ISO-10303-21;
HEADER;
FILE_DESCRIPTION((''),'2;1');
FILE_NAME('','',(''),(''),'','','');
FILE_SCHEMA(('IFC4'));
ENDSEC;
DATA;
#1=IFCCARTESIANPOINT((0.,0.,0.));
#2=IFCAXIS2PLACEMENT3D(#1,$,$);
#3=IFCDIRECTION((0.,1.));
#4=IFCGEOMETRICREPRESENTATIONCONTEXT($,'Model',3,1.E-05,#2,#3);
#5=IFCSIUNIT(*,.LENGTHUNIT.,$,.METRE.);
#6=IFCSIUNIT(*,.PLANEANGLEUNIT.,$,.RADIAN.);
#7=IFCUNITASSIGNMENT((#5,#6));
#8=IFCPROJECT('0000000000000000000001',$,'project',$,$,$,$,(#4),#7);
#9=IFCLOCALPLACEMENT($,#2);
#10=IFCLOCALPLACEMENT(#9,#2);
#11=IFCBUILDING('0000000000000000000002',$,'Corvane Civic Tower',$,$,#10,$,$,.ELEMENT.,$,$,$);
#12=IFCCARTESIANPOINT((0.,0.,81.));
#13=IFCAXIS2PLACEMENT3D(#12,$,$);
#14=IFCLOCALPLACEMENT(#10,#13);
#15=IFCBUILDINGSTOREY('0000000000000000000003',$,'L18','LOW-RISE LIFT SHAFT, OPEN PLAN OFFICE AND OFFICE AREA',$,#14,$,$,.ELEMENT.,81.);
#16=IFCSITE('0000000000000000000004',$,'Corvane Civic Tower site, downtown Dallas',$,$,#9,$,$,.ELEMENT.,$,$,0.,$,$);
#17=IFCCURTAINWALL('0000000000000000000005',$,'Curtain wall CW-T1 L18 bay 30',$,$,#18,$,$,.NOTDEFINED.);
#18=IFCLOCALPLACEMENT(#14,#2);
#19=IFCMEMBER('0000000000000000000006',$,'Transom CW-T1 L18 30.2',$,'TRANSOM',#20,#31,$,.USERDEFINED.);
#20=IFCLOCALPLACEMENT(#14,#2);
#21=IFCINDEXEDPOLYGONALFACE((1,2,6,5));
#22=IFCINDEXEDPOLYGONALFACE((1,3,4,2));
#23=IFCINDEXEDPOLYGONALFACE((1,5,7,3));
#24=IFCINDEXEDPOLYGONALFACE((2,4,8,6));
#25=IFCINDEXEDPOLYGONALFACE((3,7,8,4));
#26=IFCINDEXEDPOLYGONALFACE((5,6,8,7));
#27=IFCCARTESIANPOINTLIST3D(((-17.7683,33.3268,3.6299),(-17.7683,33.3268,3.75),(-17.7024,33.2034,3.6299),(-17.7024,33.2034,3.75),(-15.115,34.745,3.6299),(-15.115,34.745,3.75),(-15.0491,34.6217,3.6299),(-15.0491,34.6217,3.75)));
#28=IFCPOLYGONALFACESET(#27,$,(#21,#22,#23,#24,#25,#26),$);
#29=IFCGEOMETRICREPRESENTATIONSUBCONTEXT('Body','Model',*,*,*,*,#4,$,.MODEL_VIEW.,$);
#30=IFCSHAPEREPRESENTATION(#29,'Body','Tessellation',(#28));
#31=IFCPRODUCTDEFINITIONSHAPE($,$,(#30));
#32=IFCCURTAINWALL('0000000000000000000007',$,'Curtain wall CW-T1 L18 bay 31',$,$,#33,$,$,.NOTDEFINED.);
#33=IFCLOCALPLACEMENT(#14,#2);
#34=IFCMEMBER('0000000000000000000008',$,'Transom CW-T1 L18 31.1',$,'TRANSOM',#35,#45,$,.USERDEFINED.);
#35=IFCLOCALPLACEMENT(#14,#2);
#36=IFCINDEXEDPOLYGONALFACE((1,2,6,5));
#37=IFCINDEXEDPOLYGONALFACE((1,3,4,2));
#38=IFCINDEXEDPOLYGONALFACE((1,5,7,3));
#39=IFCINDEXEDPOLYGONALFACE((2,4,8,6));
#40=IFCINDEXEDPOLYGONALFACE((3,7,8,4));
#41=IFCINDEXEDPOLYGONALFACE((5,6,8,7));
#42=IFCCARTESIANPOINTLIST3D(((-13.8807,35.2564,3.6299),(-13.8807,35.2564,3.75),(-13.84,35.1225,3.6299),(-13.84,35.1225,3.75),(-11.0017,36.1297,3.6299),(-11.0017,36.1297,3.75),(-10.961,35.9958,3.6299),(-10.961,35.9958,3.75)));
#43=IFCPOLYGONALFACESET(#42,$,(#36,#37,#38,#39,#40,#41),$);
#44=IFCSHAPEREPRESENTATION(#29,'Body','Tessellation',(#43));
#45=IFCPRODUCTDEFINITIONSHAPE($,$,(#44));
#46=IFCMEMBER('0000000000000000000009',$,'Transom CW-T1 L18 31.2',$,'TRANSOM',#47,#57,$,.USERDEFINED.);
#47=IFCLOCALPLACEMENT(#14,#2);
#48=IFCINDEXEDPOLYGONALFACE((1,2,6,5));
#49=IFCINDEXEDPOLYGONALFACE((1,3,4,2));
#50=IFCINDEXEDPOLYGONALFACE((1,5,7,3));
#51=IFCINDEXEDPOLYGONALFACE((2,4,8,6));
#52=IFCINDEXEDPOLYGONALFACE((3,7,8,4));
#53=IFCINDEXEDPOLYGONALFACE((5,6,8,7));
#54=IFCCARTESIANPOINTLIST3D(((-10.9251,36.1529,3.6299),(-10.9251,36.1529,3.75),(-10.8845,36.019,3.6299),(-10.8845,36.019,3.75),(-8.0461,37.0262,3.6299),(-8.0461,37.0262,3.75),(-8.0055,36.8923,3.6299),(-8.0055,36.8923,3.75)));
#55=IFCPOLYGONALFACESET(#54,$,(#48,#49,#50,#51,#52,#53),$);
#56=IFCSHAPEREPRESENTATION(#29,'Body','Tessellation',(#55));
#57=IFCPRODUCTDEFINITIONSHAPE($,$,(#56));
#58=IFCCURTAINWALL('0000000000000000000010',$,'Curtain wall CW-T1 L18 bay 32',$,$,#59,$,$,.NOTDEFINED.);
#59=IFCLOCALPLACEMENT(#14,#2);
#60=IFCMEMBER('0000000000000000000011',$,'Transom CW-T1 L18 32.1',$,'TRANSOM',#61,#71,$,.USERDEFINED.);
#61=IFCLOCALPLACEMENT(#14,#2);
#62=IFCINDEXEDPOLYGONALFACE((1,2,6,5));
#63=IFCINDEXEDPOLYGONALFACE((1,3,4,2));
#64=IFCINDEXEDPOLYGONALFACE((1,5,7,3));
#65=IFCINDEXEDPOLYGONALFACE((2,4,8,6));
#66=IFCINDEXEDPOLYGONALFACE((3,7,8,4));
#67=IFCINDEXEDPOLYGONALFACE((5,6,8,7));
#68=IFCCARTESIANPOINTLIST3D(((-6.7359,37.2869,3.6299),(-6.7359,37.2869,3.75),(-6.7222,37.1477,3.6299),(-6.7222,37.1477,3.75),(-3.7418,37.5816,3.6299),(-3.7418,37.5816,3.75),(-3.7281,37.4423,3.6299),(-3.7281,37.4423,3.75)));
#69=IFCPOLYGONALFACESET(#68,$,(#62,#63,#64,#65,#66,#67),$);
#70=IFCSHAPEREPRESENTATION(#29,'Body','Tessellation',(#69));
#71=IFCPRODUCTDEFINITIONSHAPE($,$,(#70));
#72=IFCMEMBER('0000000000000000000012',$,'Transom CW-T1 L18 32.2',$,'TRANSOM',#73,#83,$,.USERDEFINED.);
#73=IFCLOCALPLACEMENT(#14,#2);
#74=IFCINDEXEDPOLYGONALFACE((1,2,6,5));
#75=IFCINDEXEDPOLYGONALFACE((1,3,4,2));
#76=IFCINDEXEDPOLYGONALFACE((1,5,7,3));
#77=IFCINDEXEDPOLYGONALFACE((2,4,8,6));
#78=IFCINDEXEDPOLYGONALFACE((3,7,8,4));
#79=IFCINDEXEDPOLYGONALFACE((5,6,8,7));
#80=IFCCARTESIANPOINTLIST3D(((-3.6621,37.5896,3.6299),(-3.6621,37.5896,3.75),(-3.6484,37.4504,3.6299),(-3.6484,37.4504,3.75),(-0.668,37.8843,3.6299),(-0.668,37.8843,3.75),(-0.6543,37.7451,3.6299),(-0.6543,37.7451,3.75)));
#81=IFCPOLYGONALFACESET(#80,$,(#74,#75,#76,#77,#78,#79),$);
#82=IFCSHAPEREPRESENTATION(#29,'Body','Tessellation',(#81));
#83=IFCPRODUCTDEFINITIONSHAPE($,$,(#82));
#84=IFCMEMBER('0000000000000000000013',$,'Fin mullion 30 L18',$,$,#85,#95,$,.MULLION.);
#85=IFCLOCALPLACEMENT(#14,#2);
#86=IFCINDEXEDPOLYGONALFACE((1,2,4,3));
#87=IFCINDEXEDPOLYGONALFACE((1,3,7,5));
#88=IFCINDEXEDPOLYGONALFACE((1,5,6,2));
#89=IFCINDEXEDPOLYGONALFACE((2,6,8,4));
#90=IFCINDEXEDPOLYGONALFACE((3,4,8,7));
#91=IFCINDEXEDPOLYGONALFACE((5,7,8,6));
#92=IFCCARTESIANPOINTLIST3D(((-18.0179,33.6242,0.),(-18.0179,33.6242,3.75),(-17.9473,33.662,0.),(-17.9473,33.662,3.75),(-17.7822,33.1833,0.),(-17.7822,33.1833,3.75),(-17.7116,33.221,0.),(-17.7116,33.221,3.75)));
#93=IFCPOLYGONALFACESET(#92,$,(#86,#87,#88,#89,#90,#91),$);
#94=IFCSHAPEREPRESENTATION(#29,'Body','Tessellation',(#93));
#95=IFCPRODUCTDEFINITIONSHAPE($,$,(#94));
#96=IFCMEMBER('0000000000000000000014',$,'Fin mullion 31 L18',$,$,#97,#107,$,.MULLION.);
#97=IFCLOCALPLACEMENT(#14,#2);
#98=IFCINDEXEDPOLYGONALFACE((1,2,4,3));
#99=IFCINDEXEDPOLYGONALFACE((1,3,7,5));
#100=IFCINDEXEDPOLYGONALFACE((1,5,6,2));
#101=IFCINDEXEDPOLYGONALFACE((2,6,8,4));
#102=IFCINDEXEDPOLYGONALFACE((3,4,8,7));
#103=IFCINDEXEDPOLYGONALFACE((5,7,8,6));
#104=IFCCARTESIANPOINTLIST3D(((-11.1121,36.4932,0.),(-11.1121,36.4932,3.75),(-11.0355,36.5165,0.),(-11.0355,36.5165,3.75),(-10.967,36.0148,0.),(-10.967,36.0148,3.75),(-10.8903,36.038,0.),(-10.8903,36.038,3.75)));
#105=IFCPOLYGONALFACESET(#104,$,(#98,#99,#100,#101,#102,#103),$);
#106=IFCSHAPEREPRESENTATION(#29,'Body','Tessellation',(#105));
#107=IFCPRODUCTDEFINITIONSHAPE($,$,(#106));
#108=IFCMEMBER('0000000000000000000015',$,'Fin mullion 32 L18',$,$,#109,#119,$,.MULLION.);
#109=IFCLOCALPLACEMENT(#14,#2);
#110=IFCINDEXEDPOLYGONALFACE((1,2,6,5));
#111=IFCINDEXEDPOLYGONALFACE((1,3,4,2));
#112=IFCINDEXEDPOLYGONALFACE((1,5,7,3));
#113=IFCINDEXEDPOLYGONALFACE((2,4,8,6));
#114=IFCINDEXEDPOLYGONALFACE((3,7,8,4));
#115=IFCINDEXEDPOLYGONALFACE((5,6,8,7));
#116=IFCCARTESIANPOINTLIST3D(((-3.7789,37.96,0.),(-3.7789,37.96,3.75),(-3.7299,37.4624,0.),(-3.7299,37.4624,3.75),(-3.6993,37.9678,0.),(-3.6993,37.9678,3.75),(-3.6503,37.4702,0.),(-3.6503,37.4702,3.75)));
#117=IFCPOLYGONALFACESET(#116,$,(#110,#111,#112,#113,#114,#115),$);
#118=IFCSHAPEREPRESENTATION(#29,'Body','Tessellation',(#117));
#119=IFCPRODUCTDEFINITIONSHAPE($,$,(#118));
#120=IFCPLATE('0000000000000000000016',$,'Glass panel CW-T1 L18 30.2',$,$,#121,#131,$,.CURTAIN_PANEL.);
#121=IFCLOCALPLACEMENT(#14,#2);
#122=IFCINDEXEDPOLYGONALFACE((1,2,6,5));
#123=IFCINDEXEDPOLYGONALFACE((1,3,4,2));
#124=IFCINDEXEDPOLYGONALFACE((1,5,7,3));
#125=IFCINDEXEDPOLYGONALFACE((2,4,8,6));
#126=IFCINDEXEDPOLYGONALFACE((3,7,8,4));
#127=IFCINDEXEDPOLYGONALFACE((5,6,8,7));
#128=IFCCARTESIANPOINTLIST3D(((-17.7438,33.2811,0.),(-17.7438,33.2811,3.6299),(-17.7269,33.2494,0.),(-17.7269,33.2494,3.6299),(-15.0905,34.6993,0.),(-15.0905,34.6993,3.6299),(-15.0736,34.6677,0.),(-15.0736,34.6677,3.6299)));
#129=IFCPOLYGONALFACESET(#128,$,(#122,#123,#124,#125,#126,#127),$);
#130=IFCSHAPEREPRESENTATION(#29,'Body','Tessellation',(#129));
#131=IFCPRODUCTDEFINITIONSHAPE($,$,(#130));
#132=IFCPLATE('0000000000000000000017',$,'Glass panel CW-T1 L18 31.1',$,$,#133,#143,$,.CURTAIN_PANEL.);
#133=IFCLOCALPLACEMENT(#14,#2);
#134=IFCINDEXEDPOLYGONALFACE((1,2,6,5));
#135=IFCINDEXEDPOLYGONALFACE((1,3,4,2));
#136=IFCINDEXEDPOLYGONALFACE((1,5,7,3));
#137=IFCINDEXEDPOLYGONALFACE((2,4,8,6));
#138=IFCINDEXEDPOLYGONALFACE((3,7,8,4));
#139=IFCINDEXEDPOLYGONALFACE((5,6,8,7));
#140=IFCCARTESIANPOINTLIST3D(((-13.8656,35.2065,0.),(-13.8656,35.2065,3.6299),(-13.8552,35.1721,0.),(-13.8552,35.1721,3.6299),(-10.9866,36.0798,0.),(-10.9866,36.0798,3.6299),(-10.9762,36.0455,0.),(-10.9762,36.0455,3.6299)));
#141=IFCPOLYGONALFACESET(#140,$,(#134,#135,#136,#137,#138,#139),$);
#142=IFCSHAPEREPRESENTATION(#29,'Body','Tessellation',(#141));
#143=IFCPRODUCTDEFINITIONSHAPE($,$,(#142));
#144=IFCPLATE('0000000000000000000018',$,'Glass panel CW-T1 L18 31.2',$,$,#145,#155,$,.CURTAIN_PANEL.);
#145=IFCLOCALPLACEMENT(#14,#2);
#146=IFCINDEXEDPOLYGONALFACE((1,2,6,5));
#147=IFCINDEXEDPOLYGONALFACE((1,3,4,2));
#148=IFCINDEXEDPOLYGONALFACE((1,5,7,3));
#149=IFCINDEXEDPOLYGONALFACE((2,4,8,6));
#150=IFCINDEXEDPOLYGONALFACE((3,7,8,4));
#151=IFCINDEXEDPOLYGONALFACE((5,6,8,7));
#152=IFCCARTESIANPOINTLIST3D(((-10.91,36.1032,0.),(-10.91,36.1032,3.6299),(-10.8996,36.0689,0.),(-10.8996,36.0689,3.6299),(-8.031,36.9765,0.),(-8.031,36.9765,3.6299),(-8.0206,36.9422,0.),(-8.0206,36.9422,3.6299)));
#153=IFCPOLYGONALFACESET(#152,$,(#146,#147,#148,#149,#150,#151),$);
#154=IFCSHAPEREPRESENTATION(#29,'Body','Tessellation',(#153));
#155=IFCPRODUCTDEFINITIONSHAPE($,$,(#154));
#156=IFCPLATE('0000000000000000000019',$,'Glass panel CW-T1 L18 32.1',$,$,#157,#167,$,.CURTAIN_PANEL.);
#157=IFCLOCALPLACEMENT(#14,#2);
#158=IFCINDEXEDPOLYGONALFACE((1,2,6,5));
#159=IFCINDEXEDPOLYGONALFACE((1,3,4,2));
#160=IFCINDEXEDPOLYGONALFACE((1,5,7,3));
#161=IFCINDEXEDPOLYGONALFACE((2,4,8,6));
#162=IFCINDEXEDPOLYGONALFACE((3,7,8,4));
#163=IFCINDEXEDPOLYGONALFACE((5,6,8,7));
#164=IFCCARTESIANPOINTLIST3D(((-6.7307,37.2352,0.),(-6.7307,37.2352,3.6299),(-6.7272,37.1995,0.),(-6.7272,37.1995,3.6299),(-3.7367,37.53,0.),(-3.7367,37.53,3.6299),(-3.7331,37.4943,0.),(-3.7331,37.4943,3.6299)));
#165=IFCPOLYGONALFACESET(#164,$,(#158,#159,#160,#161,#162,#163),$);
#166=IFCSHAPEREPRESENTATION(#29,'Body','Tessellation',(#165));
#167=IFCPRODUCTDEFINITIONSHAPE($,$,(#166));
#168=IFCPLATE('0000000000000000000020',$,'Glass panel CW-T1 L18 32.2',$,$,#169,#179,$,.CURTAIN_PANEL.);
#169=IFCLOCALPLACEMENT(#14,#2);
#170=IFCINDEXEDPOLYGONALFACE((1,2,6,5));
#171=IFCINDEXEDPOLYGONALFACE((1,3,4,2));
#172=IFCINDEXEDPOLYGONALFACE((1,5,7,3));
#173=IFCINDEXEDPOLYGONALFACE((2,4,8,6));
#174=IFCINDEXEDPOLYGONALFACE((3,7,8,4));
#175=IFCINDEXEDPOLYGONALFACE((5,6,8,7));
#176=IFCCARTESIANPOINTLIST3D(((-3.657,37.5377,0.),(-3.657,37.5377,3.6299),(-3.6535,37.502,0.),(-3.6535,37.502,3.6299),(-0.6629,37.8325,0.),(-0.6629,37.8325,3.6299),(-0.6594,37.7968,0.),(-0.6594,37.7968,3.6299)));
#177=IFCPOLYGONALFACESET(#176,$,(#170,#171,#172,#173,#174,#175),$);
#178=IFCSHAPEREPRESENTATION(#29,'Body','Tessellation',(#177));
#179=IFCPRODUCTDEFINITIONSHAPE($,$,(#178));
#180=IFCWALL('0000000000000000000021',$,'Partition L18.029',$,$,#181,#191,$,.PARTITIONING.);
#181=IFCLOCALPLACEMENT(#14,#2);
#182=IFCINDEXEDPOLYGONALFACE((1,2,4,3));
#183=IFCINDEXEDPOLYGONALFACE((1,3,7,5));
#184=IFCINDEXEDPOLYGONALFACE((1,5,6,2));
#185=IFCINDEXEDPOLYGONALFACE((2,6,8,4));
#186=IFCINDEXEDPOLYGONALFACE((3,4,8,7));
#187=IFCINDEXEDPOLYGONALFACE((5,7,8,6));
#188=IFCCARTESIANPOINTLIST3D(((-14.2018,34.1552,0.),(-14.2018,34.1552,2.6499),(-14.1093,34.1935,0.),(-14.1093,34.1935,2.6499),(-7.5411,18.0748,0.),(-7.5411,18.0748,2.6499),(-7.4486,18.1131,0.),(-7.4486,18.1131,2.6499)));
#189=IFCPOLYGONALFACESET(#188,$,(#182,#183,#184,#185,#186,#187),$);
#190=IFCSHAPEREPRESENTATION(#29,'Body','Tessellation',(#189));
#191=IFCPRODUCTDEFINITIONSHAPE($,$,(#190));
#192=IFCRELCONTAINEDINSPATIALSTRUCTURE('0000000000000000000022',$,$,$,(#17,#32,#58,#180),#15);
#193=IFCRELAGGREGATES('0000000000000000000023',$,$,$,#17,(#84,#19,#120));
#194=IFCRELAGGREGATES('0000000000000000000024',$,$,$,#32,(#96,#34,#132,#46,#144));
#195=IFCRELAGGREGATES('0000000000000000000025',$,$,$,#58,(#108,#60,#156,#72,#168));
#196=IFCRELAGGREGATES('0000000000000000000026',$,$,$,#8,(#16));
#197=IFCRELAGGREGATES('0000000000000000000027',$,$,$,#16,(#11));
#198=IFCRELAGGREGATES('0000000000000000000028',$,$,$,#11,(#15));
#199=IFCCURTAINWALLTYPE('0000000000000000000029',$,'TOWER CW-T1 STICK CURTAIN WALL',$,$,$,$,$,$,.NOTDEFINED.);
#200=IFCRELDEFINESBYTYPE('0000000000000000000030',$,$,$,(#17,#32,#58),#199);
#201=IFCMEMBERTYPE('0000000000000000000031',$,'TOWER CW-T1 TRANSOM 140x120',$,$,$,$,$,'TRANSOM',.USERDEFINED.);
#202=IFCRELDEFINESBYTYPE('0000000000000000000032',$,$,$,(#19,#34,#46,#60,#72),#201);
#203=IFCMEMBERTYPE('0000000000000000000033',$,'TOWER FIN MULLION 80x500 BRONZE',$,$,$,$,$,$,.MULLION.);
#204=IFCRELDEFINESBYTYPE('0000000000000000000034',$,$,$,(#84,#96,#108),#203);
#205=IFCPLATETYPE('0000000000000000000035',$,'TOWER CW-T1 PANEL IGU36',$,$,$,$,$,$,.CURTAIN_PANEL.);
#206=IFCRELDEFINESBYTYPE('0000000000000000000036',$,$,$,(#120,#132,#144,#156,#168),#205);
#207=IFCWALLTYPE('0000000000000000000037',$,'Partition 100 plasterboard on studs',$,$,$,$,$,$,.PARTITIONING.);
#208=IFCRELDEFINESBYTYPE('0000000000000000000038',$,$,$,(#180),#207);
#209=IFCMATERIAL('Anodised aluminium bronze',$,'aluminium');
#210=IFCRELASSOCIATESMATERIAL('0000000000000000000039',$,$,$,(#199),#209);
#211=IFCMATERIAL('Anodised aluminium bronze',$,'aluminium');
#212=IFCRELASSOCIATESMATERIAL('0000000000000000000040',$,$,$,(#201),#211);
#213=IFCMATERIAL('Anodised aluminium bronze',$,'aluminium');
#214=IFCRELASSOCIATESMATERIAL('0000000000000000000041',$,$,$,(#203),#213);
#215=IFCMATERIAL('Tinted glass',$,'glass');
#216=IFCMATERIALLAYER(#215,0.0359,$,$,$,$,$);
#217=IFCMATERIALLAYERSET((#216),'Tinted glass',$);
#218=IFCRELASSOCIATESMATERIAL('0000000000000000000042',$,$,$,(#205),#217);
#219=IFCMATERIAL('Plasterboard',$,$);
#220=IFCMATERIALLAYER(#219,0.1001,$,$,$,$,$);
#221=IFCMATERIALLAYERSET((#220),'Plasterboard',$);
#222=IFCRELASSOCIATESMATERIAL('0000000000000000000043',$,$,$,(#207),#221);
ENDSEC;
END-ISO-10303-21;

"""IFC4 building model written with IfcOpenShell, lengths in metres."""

from ifc_helpers import new_model, si_unit, direction, frame, frame_2d, origin, origin_2d, place, context, subcontext, project, spatial, rectangle, extrude, material, layer, layer_set, material_profile, profile_set, type_object, element, aggregate, save


model = new_model("IFC4")

# Units and contexts
model_context = context("Model", 3, precision=1e-05, world=origin(), true_north=direction((0.0, 1.0)))
body_context = subcontext(model_context, "Body", "Model", "MODEL_VIEW")
ifc_project = project(units=[si_unit("LENGTHUNIT", "METRE"), si_unit("PLANEANGLEUNIT", "RADIAN")], contexts=[model_context])

# Site, building, storey
site_placement = place(None, origin())
site = spatial("IfcSite", under=ifc_project, at=site_placement, Name="Corvane Civic Tower site, downtown Dallas", CompositionType="ELEMENT", RefElevation=0.0)
building_placement = place(site_placement, origin())
building = spatial("IfcBuilding", under=site, at=building_placement, Name="Corvane Civic Tower", CompositionType="ELEMENT")
storey_placement = place(building_placement, frame((0.0, 0.0, 81.0)))
storey = spatial("IfcBuildingStorey", under=building, at=storey_placement, Name="L18", Description="LOW-RISE LIFT SHAFT, OPEN PLAN OFFICE AND OFFICE AREA", CompositionType="ELEMENT", Elevation=81.0)

# Curtain wall, member
ifc_material_1 = material(Name="Anodised aluminium bronze", Category="aluminium")
curtain_wall_type = type_object("IfcCurtainWallType", Name="TOWER CW-T1 STICK CURTAIN WALL", PredefinedType="NOTDEFINED", material=ifc_material_1)
curtain_wall_1_placement = place(storey_placement, origin())
curtain_wall_1 = element("IfcCurtainWall", 1, at=curtain_wall_1_placement, inside=storey, type_object=curtain_wall_type, Name="Curtain wall CW-T1 L18 bay 30", PredefinedType="NOTDEFINED")
ifc_material_2 = material(Name="Anodised aluminium bronze", Category="aluminium")
ifc_material_profile_1 = material_profile(ifc_material_2, rectangle(XDim=0.1399, YDim=0.1201, at=origin_2d()), Name="TOWER CW-T1 TRANSOM 140x120")
ifc_profile_set_1 = profile_set([ifc_material_profile_1], Name="Anodised aluminium bronze")
member_type_1 = type_object("IfcMemberType", Name="TOWER CW-T1 TRANSOM 140x120", ElementType="TRANSOM", PredefinedType="USERDEFINED", material=ifc_profile_set_1)
member_1_placement = place(storey_placement, frame((-17.7354, 33.2651, 3.6899), z_axis=(0.881924, 0.471393, 0.0), x_axis=(-0.471393, 0.881924, 0.0)))
member_1 = element("IfcMember", 2, at=member_1_placement, type_object=member_type_1, Name="Transom CW-T1 L18 30.2", ObjectType="TRANSOM", PredefinedType="USERDEFINED", context=body_context, shape_type="SweptSolid", body=[
    extrude(rectangle(XDim=0.1399, YDim=0.1201, at=origin_2d()), origin(), (0.0, 0.0, 1.0), 3.0085),
])

# Curtain walls, members
curtain_wall_2_placement = place(storey_placement, origin())
curtain_wall_2 = element("IfcCurtainWall", 3, at=curtain_wall_2_placement, inside=storey, type_object=curtain_wall_type, Name="Curtain wall CW-T1 L18 bay 31", PredefinedType="NOTDEFINED")
member_2_placement = place(storey_placement, frame((-13.8604, 35.1895, 3.6899), z_axis=(0.956942, 0.29028, 0.0), x_axis=(-0.29028, 0.956942, 0.0)))
member_2 = element("IfcMember", 4, at=member_2_placement, type_object=member_type_1, Name="Transom CW-T1 L18 31.1", ObjectType="TRANSOM", PredefinedType="USERDEFINED", context=body_context, shape_type="SweptSolid", body=[
    extrude(rectangle(XDim=0.1399, YDim=0.1201, at=origin_2d()), origin(), (0.0, 0.0, 1.0), 3.0085),
])
member_3_placement = place(storey_placement, frame((-10.9048, 36.0859, 3.6899), z_axis=(0.956942, 0.29028, 0.0), x_axis=(-0.29028, 0.956942, 0.0)))
member_3 = element("IfcMember", 5, at=member_3_placement, type_object=member_type_1, Name="Transom CW-T1 L18 31.2", ObjectType="TRANSOM", PredefinedType="USERDEFINED", context=body_context, shape_type="SweptSolid", body=[
    extrude(rectangle(XDim=0.1399, YDim=0.1201, at=origin_2d()), origin(), (0.0, 0.0, 1.0), 3.0085),
])
curtain_wall_3_placement = place(storey_placement, origin())
curtain_wall_3 = element("IfcCurtainWall", 6, at=curtain_wall_3_placement, inside=storey, type_object=curtain_wall_type, Name="Curtain wall CW-T1 L18 bay 32", PredefinedType="NOTDEFINED")
member_4_placement = place(storey_placement, frame((-6.729, 37.2173, 3.6899), z_axis=(0.995192, 0.097945, 0.0), x_axis=(-0.097945, 0.995192, 0.0)))
member_4 = element("IfcMember", 7, at=member_4_placement, type_object=member_type_1, Name="Transom CW-T1 L18 32.1", ObjectType="TRANSOM", PredefinedType="USERDEFINED", context=body_context, shape_type="SweptSolid", body=[
    extrude(rectangle(XDim=0.1399, YDim=0.1201, at=origin_2d()), origin(), (0.0, 0.0, 1.0), 3.0085),
])
member_5_placement = place(storey_placement, frame((-3.6553, 37.52, 3.6899), z_axis=(0.995192, 0.097945, 0.0), x_axis=(-0.097945, 0.995192, 0.0)))
member_5 = element("IfcMember", 8, at=member_5_placement, type_object=member_type_1, Name="Transom CW-T1 L18 32.2", ObjectType="TRANSOM", PredefinedType="USERDEFINED", context=body_context, shape_type="SweptSolid", body=[
    extrude(rectangle(XDim=0.1399, YDim=0.1201, at=origin_2d()), origin(), (0.0, 0.0, 1.0), 3.0085),
])

# Members
ifc_material_3 = material(Name="Anodised aluminium bronze", Category="aluminium")
ifc_material_profile_2 = material_profile(ifc_material_3, rectangle(XDim=0.0801, YDim=0.5, at=origin_2d()), Name="TOWER FIN MULLION 80x500 BRONZE")
ifc_profile_set_2 = profile_set([ifc_material_profile_2], Name="Anodised aluminium bronze")
member_type_2 = type_object("IfcMemberType", Name="TOWER FIN MULLION 80x500 BRONZE", PredefinedType="MULLION", material=ifc_profile_set_2)
member_6_placement = place(storey_placement, frame((-17.8647, 33.4226, 0.0), z_axis=(0.0, 0.0, 1.0), x_axis=(0.881918, 0.471404, 0.0)))
member_6 = element("IfcMember", 9, at=member_6_placement, type_object=member_type_2, Name="Fin mullion 30 L18", PredefinedType="MULLION", context=body_context, shape_type="SweptSolid", body=[
    extrude(rectangle(XDim=0.0801, YDim=0.5, at=origin_2d()), origin(), (0.0, 0.0, 1.0), 3.75),
])
member_7_placement = place(storey_placement, frame((-11.0012, 36.2656, 0.0), z_axis=(0.0, 0.0, 1.0), x_axis=(0.956942, 0.290278, 0.0)))
member_7 = element("IfcMember", 10, at=member_7_placement, type_object=member_type_2, Name="Fin mullion 31 L18", PredefinedType="MULLION", context=body_context, shape_type="SweptSolid", body=[
    extrude(rectangle(XDim=0.0801, YDim=0.5, at=origin_2d()), origin(), (0.0, 0.0, 1.0), 3.75),
])
member_8_placement = place(storey_placement, frame((-3.7146, 37.7151, 0.0), z_axis=(0.0, 0.0, 1.0), x_axis=(0.995186, 0.098006, 0.0)))
member_8 = element("IfcMember", 11, at=member_8_placement, type_object=member_type_2, Name="Fin mullion 32 L18", PredefinedType="MULLION", context=body_context, shape_type="SweptSolid", body=[
    extrude(rectangle(XDim=0.0801, YDim=0.5, at=origin_2d()), origin(), (0.0, 0.0, 1.0), 3.75),
])

# Plates
ifc_material_4 = material(Name="Tinted glass", Category="glass")
ifc_layer_1 = layer(ifc_material_4, 0.0359)
ifc_layer_set_1 = layer_set([ifc_layer_1], Name="Tinted glass")
plate_type = type_object("IfcPlateType", Name="TOWER CW-T1 PANEL IGU36", PredefinedType="CURTAIN_PANEL", material=ifc_layer_set_1)
plate_1_placement = place(storey_placement, frame((-16.4087, 33.9744, 0.0), z_axis=(0.0, 0.0, 1.0), x_axis=(0.881918, 0.471404, 0.0)))
plate_1 = element("IfcPlate", 12, at=plate_1_placement, type_object=plate_type, Name="Glass panel CW-T1 L18 30.2", PredefinedType="CURTAIN_PANEL", context=body_context, shape_type="SweptSolid", body=[
    extrude(rectangle(XDim=3.0085, YDim=0.0359, at=origin_2d()), origin(), (0.0, 0.0, 1.0), 3.6299),
])
aggregate(curtain_wall_1, [member_6, member_1, plate_1])
plate_2_placement = place(storey_placement, frame((-12.4209, 35.626, 0.0), z_axis=(0.0, 0.0, 1.0), x_axis=(0.956942, 0.290278, 0.0)))
plate_2 = element("IfcPlate", 13, at=plate_2_placement, type_object=plate_type, Name="Glass panel CW-T1 L18 31.1", PredefinedType="CURTAIN_PANEL", context=body_context, shape_type="SweptSolid", body=[
    extrude(rectangle(XDim=3.0085, YDim=0.0359, at=origin_2d()), origin(), (0.0, 0.0, 1.0), 3.6299),
])
plate_3_placement = place(storey_placement, frame((-9.4653, 36.5227, 0.0), z_axis=(0.0, 0.0, 1.0), x_axis=(0.956942, 0.290278, 0.0)))
plate_3 = element("IfcPlate", 14, at=plate_3_placement, type_object=plate_type, Name="Glass panel CW-T1 L18 31.2", PredefinedType="CURTAIN_PANEL", context=body_context, shape_type="SweptSolid", body=[
    extrude(rectangle(XDim=3.0085, YDim=0.0359, at=origin_2d()), origin(), (0.0, 0.0, 1.0), 3.6299),
])
aggregate(curtain_wall_2, [member_7, member_2, plate_2, member_3, plate_3])
plate_4_placement = place(storey_placement, frame((-5.2319, 37.3647, 0.0), z_axis=(0.0, 0.0, 1.0), x_axis=(0.995186, 0.098006, 0.0)))
plate_4 = element("IfcPlate", 15, at=plate_4_placement, type_object=plate_type, Name="Glass panel CW-T1 L18 32.1", PredefinedType="CURTAIN_PANEL", context=body_context, shape_type="SweptSolid", body=[
    extrude(rectangle(XDim=3.0085, YDim=0.0359, at=origin_2d()), origin(), (0.0, 0.0, 1.0), 3.6299),
])
plate_5_placement = place(storey_placement, frame((-2.1582, 37.6672, 0.0), z_axis=(0.0, 0.0, 1.0), x_axis=(0.995186, 0.098006, 0.0)))
plate_5 = element("IfcPlate", 16, at=plate_5_placement, type_object=plate_type, Name="Glass panel CW-T1 L18 32.2", PredefinedType="CURTAIN_PANEL", context=body_context, shape_type="SweptSolid", body=[
    extrude(rectangle(XDim=3.0085, YDim=0.0359, at=origin_2d()), origin(), (0.0, 0.0, 1.0), 3.6299),
])
aggregate(curtain_wall_3, [member_8, member_4, plate_4, member_5, plate_5])

# Wall
ifc_material_5 = material(Name="Plasterboard")
ifc_layer_2 = layer(ifc_material_5, 0.1001)
ifc_layer_set_2 = layer_set([ifc_layer_2], Name="Plasterboard")
wall_type_1 = type_object("IfcWallType", Name="Partition 100 plasterboard on studs", PredefinedType="PARTITIONING", material=ifc_layer_set_2)
wall_1_placement = place(storey_placement, frame((-14.1555, 34.1743, 0.0), z_axis=(0.0, 0.0, 1.0), x_axis=(0.382681, -0.92388, 0.0)))
element("IfcWall", 17, at=wall_1_placement, inside=storey, type_object=wall_type_1, Name="Partition L18.029", PredefinedType="PARTITIONING", context=body_context, shape_type="SweptSolid", body=[
    extrude(rectangle(XDim=17.4053, YDim=0.1001, at=frame_2d((8.7026, 0.0))), origin(), (0.0, 0.0, 1.0), 2.6499),
])

save(model, "model.ifc")
